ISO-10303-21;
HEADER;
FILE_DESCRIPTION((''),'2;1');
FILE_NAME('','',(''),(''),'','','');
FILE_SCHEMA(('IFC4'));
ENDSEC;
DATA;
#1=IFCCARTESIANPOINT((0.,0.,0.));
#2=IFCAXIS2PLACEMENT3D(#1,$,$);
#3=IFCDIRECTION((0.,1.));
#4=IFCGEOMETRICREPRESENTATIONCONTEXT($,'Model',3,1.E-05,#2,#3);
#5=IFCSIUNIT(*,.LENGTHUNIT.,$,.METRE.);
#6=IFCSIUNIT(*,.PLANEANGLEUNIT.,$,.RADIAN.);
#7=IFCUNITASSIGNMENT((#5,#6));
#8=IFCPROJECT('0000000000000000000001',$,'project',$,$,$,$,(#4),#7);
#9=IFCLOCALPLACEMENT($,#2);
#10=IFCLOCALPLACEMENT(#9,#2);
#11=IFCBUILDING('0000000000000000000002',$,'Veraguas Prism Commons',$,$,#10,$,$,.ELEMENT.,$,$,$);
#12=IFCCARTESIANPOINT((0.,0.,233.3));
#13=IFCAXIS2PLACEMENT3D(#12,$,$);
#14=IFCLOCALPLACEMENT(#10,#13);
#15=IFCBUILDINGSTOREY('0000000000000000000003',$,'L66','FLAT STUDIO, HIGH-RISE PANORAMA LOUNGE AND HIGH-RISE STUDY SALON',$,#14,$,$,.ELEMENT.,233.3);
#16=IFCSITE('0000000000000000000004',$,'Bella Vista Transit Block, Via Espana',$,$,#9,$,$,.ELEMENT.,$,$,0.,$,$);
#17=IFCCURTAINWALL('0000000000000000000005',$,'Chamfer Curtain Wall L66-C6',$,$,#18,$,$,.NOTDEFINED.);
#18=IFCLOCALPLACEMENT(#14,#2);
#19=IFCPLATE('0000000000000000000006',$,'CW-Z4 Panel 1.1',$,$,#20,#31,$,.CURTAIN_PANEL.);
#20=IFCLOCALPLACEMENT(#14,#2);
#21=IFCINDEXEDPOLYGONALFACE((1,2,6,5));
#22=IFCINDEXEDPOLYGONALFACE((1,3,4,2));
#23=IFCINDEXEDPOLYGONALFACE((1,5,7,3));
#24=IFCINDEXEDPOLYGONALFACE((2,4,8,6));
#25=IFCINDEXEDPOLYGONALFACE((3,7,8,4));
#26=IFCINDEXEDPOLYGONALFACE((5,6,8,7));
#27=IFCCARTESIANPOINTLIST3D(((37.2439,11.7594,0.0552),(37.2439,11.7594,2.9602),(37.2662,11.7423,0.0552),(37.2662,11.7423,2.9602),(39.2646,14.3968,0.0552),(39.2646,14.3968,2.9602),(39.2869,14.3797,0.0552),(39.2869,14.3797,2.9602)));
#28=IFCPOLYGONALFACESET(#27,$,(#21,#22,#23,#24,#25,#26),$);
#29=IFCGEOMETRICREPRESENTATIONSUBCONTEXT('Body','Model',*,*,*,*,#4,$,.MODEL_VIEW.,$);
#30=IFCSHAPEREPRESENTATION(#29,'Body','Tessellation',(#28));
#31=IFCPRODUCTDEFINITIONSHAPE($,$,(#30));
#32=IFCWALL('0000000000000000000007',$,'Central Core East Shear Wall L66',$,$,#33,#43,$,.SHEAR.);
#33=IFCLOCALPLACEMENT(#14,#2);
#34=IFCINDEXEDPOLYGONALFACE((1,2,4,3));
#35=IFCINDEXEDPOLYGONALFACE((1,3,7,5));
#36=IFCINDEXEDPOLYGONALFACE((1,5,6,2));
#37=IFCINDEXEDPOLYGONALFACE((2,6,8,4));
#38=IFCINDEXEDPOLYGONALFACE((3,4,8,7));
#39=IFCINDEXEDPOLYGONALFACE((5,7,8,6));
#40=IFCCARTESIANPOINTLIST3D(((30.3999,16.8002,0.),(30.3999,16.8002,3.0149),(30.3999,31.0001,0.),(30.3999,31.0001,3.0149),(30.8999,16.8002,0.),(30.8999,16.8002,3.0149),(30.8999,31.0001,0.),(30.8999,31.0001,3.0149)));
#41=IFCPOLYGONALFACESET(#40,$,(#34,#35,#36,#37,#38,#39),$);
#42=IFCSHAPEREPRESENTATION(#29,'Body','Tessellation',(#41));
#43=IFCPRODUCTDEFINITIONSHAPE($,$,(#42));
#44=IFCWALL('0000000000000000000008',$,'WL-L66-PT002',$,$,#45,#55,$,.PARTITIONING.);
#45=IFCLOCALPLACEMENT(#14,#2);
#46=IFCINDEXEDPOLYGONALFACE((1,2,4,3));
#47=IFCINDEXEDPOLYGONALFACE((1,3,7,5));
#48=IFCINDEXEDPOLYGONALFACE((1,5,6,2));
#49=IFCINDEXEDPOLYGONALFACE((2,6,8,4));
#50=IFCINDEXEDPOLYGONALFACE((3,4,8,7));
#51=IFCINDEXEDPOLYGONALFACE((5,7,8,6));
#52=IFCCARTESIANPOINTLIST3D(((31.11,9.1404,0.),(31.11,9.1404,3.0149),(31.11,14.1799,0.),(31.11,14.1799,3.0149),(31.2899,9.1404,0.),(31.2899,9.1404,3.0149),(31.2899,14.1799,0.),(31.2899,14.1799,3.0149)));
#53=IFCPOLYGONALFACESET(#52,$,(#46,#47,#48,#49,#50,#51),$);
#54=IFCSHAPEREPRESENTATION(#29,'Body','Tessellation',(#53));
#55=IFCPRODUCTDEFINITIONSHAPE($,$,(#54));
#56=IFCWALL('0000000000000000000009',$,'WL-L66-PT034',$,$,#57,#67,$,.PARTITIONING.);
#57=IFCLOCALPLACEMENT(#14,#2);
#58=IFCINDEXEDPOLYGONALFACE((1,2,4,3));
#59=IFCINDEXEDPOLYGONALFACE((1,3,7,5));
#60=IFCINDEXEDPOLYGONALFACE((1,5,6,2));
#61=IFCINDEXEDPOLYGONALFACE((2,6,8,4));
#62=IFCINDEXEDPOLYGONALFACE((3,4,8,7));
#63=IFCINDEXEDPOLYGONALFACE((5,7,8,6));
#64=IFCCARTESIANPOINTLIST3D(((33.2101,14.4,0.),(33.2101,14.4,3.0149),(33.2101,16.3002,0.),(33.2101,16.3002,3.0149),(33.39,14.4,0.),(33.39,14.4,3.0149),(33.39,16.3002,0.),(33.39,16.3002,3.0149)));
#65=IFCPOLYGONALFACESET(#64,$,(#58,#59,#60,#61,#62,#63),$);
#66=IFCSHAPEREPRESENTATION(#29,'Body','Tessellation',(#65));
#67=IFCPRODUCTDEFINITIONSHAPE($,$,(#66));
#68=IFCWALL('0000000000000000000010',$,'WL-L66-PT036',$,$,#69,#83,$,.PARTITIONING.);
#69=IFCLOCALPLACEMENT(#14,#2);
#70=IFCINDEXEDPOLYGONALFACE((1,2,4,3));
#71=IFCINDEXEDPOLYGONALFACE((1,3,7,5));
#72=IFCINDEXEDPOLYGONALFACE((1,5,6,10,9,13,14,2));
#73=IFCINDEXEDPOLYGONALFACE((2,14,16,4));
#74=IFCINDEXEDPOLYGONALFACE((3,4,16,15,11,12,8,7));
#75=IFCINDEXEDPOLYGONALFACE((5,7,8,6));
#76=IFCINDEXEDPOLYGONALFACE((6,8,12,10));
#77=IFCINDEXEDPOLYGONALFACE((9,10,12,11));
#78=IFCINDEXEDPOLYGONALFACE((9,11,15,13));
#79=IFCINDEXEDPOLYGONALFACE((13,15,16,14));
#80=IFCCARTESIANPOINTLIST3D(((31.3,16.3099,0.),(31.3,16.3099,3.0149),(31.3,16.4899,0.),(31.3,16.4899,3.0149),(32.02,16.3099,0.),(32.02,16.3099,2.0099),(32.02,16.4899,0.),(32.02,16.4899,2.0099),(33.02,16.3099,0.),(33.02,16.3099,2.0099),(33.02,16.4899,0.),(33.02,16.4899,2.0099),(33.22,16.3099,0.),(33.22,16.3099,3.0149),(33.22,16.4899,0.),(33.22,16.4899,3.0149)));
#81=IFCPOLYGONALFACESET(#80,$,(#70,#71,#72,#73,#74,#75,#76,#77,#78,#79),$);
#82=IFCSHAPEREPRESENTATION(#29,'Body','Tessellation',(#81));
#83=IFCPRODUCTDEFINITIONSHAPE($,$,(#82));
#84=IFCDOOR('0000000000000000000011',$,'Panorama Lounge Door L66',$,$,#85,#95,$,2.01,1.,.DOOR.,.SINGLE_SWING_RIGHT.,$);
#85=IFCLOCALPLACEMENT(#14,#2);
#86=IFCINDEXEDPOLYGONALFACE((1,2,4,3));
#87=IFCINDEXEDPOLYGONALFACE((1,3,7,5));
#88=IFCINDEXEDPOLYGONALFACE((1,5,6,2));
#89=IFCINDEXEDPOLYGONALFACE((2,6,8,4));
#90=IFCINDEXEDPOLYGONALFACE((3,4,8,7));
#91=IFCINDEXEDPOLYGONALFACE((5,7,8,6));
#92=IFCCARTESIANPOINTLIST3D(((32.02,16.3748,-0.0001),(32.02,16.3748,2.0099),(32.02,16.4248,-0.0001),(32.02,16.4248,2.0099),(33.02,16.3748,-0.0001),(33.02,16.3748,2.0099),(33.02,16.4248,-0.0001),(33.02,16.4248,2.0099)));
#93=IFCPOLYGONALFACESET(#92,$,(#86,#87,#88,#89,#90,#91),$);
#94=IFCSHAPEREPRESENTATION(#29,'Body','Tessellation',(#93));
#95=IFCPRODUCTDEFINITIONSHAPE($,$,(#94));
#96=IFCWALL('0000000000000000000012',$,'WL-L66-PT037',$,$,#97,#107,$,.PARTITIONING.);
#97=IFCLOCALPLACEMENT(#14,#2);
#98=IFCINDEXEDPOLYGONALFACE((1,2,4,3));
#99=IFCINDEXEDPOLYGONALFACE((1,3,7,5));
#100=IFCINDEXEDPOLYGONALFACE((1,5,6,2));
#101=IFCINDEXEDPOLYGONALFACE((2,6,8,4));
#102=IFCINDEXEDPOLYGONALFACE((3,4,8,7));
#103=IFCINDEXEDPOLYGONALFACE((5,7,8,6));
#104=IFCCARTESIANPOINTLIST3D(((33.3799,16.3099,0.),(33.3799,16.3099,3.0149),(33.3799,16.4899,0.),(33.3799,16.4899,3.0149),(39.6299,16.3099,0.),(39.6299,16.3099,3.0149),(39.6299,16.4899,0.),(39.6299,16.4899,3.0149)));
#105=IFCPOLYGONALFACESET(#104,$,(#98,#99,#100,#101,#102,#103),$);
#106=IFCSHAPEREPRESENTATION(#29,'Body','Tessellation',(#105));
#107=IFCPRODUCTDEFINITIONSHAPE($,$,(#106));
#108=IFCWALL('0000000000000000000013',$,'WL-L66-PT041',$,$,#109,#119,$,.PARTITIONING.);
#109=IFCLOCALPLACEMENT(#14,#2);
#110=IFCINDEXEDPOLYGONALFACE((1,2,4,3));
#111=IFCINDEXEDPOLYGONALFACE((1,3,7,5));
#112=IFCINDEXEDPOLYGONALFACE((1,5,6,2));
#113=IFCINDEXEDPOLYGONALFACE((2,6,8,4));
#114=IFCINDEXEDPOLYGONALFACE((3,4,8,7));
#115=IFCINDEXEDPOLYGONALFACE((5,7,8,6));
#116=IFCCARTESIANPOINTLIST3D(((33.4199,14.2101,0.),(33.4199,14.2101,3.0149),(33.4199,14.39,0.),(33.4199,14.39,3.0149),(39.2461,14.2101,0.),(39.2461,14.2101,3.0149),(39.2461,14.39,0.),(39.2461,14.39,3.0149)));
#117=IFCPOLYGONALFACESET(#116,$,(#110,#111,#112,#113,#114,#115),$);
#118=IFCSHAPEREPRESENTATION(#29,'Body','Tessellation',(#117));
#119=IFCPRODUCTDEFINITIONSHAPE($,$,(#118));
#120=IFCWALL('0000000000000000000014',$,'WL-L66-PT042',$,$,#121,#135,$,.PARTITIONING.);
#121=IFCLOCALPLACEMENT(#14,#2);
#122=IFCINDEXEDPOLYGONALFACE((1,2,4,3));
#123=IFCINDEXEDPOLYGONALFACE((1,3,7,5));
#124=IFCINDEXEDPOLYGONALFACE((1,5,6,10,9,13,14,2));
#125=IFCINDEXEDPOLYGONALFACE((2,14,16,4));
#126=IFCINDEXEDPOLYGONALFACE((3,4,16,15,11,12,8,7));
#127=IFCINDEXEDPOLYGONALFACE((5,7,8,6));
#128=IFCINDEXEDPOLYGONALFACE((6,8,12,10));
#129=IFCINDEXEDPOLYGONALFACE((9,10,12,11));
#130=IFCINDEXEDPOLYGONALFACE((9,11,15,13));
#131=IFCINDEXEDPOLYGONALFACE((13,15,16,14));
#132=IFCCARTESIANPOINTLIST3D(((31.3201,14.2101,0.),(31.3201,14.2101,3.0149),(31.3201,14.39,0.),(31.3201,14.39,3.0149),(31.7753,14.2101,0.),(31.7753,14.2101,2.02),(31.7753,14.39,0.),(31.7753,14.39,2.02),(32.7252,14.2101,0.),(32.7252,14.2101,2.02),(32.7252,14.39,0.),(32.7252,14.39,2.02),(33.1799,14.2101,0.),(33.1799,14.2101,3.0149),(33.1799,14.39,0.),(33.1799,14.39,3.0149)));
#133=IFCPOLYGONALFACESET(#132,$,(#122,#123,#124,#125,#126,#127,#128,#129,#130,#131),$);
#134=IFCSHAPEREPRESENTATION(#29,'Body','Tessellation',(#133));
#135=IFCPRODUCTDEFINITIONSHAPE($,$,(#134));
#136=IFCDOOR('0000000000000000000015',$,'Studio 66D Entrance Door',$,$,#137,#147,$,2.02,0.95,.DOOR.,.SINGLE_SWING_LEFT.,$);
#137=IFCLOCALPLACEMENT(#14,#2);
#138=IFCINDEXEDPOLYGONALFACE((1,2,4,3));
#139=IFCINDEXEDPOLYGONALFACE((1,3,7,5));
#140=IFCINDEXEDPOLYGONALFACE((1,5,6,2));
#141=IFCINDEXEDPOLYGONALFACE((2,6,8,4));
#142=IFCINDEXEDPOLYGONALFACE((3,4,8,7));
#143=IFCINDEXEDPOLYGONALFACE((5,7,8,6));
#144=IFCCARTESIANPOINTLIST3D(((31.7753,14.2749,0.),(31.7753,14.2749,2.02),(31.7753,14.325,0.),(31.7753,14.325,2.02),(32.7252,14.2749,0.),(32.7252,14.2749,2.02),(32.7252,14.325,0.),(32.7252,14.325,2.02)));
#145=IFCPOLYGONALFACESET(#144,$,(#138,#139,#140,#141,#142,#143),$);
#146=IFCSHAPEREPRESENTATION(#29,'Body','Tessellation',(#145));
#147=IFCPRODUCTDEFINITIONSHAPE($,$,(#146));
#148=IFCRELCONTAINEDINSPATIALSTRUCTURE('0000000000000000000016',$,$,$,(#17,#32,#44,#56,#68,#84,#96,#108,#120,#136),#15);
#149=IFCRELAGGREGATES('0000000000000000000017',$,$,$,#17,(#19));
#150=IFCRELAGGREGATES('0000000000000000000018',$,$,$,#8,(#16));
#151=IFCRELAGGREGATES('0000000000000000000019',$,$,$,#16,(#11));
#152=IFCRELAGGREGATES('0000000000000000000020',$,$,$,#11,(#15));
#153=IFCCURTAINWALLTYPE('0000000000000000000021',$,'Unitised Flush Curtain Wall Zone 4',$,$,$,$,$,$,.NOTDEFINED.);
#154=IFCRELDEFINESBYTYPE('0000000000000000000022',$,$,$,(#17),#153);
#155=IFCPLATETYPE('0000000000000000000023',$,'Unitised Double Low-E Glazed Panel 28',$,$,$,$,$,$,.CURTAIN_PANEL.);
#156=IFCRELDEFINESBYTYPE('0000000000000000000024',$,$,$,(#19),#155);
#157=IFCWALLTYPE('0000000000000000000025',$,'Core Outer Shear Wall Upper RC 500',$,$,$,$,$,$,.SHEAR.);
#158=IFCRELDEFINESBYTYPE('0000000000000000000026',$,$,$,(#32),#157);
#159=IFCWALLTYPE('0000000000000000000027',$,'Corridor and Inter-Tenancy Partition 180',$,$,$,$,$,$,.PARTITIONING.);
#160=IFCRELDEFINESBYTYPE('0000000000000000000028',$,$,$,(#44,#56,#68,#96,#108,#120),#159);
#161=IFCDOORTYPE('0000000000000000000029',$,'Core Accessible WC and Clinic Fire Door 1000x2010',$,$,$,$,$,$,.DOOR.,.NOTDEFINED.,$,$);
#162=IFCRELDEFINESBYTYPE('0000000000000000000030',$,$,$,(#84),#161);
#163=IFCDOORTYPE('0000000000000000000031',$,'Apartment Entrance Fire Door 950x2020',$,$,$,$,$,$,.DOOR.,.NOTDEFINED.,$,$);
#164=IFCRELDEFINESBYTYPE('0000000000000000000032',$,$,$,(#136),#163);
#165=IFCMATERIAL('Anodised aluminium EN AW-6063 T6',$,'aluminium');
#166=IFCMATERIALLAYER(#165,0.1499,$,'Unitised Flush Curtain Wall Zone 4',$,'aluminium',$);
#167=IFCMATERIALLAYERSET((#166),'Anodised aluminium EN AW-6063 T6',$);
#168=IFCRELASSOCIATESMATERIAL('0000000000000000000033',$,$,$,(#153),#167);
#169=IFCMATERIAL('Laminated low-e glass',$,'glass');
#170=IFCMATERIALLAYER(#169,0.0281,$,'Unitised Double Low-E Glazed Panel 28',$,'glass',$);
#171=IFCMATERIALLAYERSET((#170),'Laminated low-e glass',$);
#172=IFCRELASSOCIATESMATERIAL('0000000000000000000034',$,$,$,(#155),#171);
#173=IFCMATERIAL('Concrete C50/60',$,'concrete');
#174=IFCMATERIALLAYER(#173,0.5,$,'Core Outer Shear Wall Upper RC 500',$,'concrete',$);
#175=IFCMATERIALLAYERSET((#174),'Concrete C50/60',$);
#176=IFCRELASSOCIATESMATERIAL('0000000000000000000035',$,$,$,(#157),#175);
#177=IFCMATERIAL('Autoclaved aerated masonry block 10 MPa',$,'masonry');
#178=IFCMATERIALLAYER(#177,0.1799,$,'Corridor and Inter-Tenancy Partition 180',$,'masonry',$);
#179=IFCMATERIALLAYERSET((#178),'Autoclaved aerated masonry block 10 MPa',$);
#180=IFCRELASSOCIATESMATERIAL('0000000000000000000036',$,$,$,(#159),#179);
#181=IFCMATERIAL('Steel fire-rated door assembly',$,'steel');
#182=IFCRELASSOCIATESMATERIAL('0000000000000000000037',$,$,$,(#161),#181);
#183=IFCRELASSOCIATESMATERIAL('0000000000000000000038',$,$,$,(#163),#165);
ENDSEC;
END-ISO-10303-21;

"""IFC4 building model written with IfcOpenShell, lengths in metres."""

from ifc_helpers import new_model, si_unit, direction, frame, frame_2d, origin, origin_2d, place, context, subcontext, project, spatial, rectangle, extrude, source, transform, mapped, material, layer, layer_set, type_object, element, fill, aggregate, save


model = new_model("IFC4")

# Units and contexts
model_context = context("Model", 3, precision=1e-05, world=origin(), true_north=direction((0.0, 1.0)))
body_context = subcontext(model_context, "Body", "Model", "MODEL_VIEW")
ifc_project = project(units=[si_unit("LENGTHUNIT", "METRE"), si_unit("PLANEANGLEUNIT", "RADIAN")], contexts=[model_context])

# Site, building, storey
site_placement = place(None, origin())
site = spatial("IfcSite", under=ifc_project, at=site_placement, Name="Bella Vista Transit Block, Via Espana", CompositionType="ELEMENT", RefElevation=0.0)
building_placement = place(site_placement, origin())
building = spatial("IfcBuilding", under=site, at=building_placement, Name="Veraguas Prism Commons", CompositionType="ELEMENT")
storey_placement = place(building_placement, frame((0.0, 0.0, 233.3)))
storey = spatial("IfcBuildingStorey", under=building, at=storey_placement, Name="L66", Description="FLAT STUDIO, HIGH-RISE PANORAMA LOUNGE AND HIGH-RISE STUDY SALON", CompositionType="ELEMENT", Elevation=233.3)

# Shared definitions
ifc_material_1 = material(Name="Concrete C50/60", Category="concrete")

# Curtain wall
ifc_material_2 = material(Name="Anodised aluminium EN AW-6063 T6", Category="aluminium")
ifc_layer_1 = layer(ifc_material_2, 0.1499, Name="Unitised Flush Curtain Wall Zone 4", Category="aluminium")
ifc_layer_set_1 = layer_set([ifc_layer_1], Name="Anodised aluminium EN AW-6063 T6")
curtain_wall_type = type_object("IfcCurtainWallType", Name="Unitised Flush Curtain Wall Zone 4", PredefinedType="NOTDEFINED", material=ifc_layer_set_1)
curtain_wall_1_placement = place(storey_placement, origin())
curtain_wall_1 = element("IfcCurtainWall", 1, at=curtain_wall_1_placement, inside=storey, type_object=curtain_wall_type, Name="Chamfer Curtain Wall L66-C6", PredefinedType="NOTDEFINED")

# Plate
ifc_material_3 = material(Name="Laminated low-e glass", Category="glass")
ifc_layer_2 = layer(ifc_material_3, 0.0281, Name="Unitised Double Low-E Glazed Panel 28", Category="glass")
ifc_layer_set_2 = layer_set([ifc_layer_2], Name="Laminated low-e glass")
plate_type = type_object("IfcPlateType", Name="Unitised Double Low-E Glazed Panel 28", PredefinedType="CURTAIN_PANEL", material=ifc_layer_set_2)
shared_shape_1 = source(origin(), body_context, "Body", "SweptSolid", [
    extrude(rectangle(XDim=3.3225, YDim=0.0281, at=origin_2d()), origin(), (0.0, 0.0, 1.0), 2.905),
])
plate_1_placement = place(storey_placement, frame((38.2654, 13.0696, 0.0552), z_axis=(0.0, 0.0, 1.0), x_axis=(0.608181, 0.793798, 0.0)))
plate_1 = element("IfcPlate", 2, at=plate_1_placement, type_object=plate_type, Name="CW-Z4 Panel 1.1", PredefinedType="CURTAIN_PANEL", context=body_context, shape_type="MappedRepresentation", body=[
    mapped(shared_shape_1, transform((0.0, 0.0, 0.0), scale=1.0)),
])
aggregate(curtain_wall_1, [plate_1])

# Walls
ifc_layer_3 = layer(ifc_material_1, 0.5, Name="Core Outer Shear Wall Upper RC 500", Category="concrete")
ifc_layer_set_3 = layer_set([ifc_layer_3], Name="Concrete C50/60")
wall_type_1 = type_object("IfcWallType", Name="Core Outer Shear Wall Upper RC 500", PredefinedType="SHEAR", material=ifc_layer_set_3)
wall_1_placement = place(storey_placement, frame((30.6499, 16.8, 0.0), z_axis=(0.0, 0.0, 1.0), x_axis=(0.0, 1.0, 0.0)))
element("IfcWall", 3, at=wall_1_placement, inside=storey, type_object=wall_type_1, Name="Central Core East Shear Wall L66", PredefinedType="SHEAR", context=body_context, shape_type="SweptSolid", body=[
    extrude(rectangle(XDim=14.2, YDim=0.5, at=frame_2d((7.1001, 0.0))), origin(), (0.0, 0.0, 1.0), 3.0149),
])
ifc_material_4 = material(Name="Autoclaved aerated masonry block 10 MPa", Category="masonry")
ifc_layer_4 = layer(ifc_material_4, 0.1799, Name="Corridor and Inter-Tenancy Partition 180", Category="masonry")
ifc_layer_set_4 = layer_set([ifc_layer_4], Name="Autoclaved aerated masonry block 10 MPa")
wall_type_2 = type_object("IfcWallType", Name="Corridor and Inter-Tenancy Partition 180", PredefinedType="PARTITIONING", material=ifc_layer_set_4)
wall_2_placement = place(storey_placement, frame((31.2, 14.1799, 0.0), z_axis=(0.0, 0.0, 1.0), x_axis=(0.0, -1.0, 0.0)))
element("IfcWall", 4, at=wall_2_placement, inside=storey, type_object=wall_type_2, Name="WL-L66-PT002", PredefinedType="PARTITIONING", context=body_context, shape_type="SweptSolid", body=[
    extrude(rectangle(XDim=5.0396, YDim=0.1799, at=frame_2d((2.5198, 0.0))), origin(), (0.0, 0.0, 1.0), 3.0149),
])
wall_3_placement = place(storey_placement, frame((33.3, 14.3999, 0.0), z_axis=(0.0, 0.0, 1.0), x_axis=(0.0, 1.0, 0.0)))
element("IfcWall", 5, at=wall_3_placement, inside=storey, type_object=wall_type_2, Name="WL-L66-PT034", PredefinedType="PARTITIONING", context=body_context, shape_type="SweptSolid", body=[
    extrude(rectangle(XDim=1.9001, YDim=0.1799, at=frame_2d((0.9502, 0.0))), origin(), (0.0, 0.0, 1.0), 3.0149),
])

# Wall, opening, door
wall_4_placement = place(storey_placement, frame((31.3, 16.3999, 0.0), z_axis=(0.0, 0.0, 1.0), x_axis=(1.0, 0.0, 0.0)))
wall_4 = element("IfcWall", 6, at=wall_4_placement, inside=storey, type_object=wall_type_2, Name="WL-L66-PT036", PredefinedType="PARTITIONING", context=body_context, shape_type="SweptSolid", body=[
    extrude(rectangle(XDim=1.9199, YDim=0.1799, at=frame_2d((0.96, 0.0))), origin(), (0.0, 0.0, 1.0), 3.0149),
])
opening_1_placement = place(wall_4_placement, frame((0.72, 0.0, 0.0)))
opening_1 = element("IfcOpeningElement", 7, at=opening_1_placement, cuts=wall_4, PredefinedType="OPENING", context=body_context, shape_type="SweptSolid", body=[
    extrude(rectangle(XDim=1.0, YDim=2.01, at=frame_2d((0.5, 1.0049))), frame((0.0, 0.0999, 0.0), z_axis=(0.0, -1.0, 0.0), x_axis=(1.0, 0.0, 0.0)), (0.0, 0.0, 1.0), 0.2),
])
ifc_material_5 = material(Name="Steel fire-rated door assembly", Category="steel")
door_type_1 = type_object("IfcDoorType", Name="Core Accessible WC and Clinic Fire Door 1000x2010", OperationType="NOTDEFINED", PredefinedType="DOOR", material=ifc_material_5)
shared_shape_2 = source(origin(), body_context, "Body", "SweptSolid", [
    extrude(rectangle(XDim=1.0, YDim=2.01, at=frame_2d((0.5, 1.0049))), frame((0.0, 0.0249, 0.0), z_axis=(0.0, -1.0, 0.0), x_axis=(1.0, 0.0, 0.0)), (0.0, 0.0, 1.0), 0.05),
])
door_1_placement = place(opening_1_placement, origin())
door_1 = element("IfcDoor", 8, at=door_1_placement, inside=storey, type_object=door_type_1, Name="Panorama Lounge Door L66", OperationType="SINGLE_SWING_RIGHT", OverallHeight=2.01, OverallWidth=1.0, PredefinedType="DOOR", context=body_context, shape_type="MappedRepresentation", body=[
    mapped(shared_shape_2, transform((0.0, 0.0, 0.0), scale=1.0)),
])
fill(opening_1, door_1)

# Walls
wall_5_placement = place(storey_placement, frame((33.3799, 16.3999, 0.0), z_axis=(0.0, 0.0, 1.0), x_axis=(1.0, 0.0, 0.0)))
element("IfcWall", 9, at=wall_5_placement, inside=storey, type_object=wall_type_2, Name="WL-L66-PT037", PredefinedType="PARTITIONING", context=body_context, shape_type="SweptSolid", body=[
    extrude(rectangle(XDim=6.25, YDim=0.1799, at=frame_2d((3.125, 0.0))), origin(), (0.0, 0.0, 1.0), 3.0149),
])
wall_6_placement = place(storey_placement, frame((33.4199, 14.3, 0.0), z_axis=(0.0, 0.0, 1.0), x_axis=(1.0, 0.0, 0.0)))
element("IfcWall", 10, at=wall_6_placement, inside=storey, type_object=wall_type_2, Name="WL-L66-PT041", PredefinedType="PARTITIONING", context=body_context, shape_type="SweptSolid", body=[
    extrude(rectangle(XDim=5.8262, YDim=0.1799, at=frame_2d((2.9131, 0.0))), origin(), (0.0, 0.0, 1.0), 3.0149),
])

# Wall, opening, door
wall_7_placement = place(storey_placement, frame((31.3201, 14.3, 0.0), z_axis=(0.0, 0.0, 1.0), x_axis=(1.0, 0.0, 0.0)))
wall_7 = element("IfcWall", 11, at=wall_7_placement, inside=storey, type_object=wall_type_2, Name="WL-L66-PT042", PredefinedType="PARTITIONING", context=body_context, shape_type="SweptSolid", body=[
    extrude(rectangle(XDim=1.8599, YDim=0.1799, at=frame_2d((0.9299, 0.0))), origin(), (0.0, 0.0, 1.0), 3.0149),
])
opening_2_placement = place(wall_7_placement, frame((0.4551, 0.0, 0.0)))
opening_2 = element("IfcOpeningElement", 12, at=opening_2_placement, cuts=wall_7, PredefinedType="OPENING", context=body_context, shape_type="SweptSolid", body=[
    extrude(rectangle(XDim=0.95, YDim=2.02, at=frame_2d((0.4751, 1.01))), frame((0.0, 0.0999, 0.0), z_axis=(0.0, -1.0, 0.0), x_axis=(1.0, 0.0, 0.0)), (0.0, 0.0, 1.0), 0.2),
])
door_type_2 = type_object("IfcDoorType", Name="Apartment Entrance Fire Door 950x2020", OperationType="NOTDEFINED", PredefinedType="DOOR", material=ifc_material_2)
shared_shape_3 = source(origin(), body_context, "Body", "SweptSolid", [
    extrude(rectangle(XDim=0.95, YDim=2.02, at=frame_2d((0.4751, 1.01))), frame((0.0, 0.0249, 0.0), z_axis=(0.0, -1.0, 0.0), x_axis=(1.0, 0.0, 0.0)), (0.0, 0.0, 1.0), 0.05),
])
door_2_placement = place(opening_2_placement, origin())
door_2 = element("IfcDoor", 13, at=door_2_placement, inside=storey, type_object=door_type_2, Name="Studio 66D Entrance Door", OperationType="SINGLE_SWING_LEFT", OverallHeight=2.02, OverallWidth=0.95, PredefinedType="DOOR", context=body_context, shape_type="MappedRepresentation", body=[
    mapped(shared_shape_3, transform((0.0, 0.0, 0.0), scale=1.0)),
])
fill(opening_2, door_2)

save(model, "model.ifc")
